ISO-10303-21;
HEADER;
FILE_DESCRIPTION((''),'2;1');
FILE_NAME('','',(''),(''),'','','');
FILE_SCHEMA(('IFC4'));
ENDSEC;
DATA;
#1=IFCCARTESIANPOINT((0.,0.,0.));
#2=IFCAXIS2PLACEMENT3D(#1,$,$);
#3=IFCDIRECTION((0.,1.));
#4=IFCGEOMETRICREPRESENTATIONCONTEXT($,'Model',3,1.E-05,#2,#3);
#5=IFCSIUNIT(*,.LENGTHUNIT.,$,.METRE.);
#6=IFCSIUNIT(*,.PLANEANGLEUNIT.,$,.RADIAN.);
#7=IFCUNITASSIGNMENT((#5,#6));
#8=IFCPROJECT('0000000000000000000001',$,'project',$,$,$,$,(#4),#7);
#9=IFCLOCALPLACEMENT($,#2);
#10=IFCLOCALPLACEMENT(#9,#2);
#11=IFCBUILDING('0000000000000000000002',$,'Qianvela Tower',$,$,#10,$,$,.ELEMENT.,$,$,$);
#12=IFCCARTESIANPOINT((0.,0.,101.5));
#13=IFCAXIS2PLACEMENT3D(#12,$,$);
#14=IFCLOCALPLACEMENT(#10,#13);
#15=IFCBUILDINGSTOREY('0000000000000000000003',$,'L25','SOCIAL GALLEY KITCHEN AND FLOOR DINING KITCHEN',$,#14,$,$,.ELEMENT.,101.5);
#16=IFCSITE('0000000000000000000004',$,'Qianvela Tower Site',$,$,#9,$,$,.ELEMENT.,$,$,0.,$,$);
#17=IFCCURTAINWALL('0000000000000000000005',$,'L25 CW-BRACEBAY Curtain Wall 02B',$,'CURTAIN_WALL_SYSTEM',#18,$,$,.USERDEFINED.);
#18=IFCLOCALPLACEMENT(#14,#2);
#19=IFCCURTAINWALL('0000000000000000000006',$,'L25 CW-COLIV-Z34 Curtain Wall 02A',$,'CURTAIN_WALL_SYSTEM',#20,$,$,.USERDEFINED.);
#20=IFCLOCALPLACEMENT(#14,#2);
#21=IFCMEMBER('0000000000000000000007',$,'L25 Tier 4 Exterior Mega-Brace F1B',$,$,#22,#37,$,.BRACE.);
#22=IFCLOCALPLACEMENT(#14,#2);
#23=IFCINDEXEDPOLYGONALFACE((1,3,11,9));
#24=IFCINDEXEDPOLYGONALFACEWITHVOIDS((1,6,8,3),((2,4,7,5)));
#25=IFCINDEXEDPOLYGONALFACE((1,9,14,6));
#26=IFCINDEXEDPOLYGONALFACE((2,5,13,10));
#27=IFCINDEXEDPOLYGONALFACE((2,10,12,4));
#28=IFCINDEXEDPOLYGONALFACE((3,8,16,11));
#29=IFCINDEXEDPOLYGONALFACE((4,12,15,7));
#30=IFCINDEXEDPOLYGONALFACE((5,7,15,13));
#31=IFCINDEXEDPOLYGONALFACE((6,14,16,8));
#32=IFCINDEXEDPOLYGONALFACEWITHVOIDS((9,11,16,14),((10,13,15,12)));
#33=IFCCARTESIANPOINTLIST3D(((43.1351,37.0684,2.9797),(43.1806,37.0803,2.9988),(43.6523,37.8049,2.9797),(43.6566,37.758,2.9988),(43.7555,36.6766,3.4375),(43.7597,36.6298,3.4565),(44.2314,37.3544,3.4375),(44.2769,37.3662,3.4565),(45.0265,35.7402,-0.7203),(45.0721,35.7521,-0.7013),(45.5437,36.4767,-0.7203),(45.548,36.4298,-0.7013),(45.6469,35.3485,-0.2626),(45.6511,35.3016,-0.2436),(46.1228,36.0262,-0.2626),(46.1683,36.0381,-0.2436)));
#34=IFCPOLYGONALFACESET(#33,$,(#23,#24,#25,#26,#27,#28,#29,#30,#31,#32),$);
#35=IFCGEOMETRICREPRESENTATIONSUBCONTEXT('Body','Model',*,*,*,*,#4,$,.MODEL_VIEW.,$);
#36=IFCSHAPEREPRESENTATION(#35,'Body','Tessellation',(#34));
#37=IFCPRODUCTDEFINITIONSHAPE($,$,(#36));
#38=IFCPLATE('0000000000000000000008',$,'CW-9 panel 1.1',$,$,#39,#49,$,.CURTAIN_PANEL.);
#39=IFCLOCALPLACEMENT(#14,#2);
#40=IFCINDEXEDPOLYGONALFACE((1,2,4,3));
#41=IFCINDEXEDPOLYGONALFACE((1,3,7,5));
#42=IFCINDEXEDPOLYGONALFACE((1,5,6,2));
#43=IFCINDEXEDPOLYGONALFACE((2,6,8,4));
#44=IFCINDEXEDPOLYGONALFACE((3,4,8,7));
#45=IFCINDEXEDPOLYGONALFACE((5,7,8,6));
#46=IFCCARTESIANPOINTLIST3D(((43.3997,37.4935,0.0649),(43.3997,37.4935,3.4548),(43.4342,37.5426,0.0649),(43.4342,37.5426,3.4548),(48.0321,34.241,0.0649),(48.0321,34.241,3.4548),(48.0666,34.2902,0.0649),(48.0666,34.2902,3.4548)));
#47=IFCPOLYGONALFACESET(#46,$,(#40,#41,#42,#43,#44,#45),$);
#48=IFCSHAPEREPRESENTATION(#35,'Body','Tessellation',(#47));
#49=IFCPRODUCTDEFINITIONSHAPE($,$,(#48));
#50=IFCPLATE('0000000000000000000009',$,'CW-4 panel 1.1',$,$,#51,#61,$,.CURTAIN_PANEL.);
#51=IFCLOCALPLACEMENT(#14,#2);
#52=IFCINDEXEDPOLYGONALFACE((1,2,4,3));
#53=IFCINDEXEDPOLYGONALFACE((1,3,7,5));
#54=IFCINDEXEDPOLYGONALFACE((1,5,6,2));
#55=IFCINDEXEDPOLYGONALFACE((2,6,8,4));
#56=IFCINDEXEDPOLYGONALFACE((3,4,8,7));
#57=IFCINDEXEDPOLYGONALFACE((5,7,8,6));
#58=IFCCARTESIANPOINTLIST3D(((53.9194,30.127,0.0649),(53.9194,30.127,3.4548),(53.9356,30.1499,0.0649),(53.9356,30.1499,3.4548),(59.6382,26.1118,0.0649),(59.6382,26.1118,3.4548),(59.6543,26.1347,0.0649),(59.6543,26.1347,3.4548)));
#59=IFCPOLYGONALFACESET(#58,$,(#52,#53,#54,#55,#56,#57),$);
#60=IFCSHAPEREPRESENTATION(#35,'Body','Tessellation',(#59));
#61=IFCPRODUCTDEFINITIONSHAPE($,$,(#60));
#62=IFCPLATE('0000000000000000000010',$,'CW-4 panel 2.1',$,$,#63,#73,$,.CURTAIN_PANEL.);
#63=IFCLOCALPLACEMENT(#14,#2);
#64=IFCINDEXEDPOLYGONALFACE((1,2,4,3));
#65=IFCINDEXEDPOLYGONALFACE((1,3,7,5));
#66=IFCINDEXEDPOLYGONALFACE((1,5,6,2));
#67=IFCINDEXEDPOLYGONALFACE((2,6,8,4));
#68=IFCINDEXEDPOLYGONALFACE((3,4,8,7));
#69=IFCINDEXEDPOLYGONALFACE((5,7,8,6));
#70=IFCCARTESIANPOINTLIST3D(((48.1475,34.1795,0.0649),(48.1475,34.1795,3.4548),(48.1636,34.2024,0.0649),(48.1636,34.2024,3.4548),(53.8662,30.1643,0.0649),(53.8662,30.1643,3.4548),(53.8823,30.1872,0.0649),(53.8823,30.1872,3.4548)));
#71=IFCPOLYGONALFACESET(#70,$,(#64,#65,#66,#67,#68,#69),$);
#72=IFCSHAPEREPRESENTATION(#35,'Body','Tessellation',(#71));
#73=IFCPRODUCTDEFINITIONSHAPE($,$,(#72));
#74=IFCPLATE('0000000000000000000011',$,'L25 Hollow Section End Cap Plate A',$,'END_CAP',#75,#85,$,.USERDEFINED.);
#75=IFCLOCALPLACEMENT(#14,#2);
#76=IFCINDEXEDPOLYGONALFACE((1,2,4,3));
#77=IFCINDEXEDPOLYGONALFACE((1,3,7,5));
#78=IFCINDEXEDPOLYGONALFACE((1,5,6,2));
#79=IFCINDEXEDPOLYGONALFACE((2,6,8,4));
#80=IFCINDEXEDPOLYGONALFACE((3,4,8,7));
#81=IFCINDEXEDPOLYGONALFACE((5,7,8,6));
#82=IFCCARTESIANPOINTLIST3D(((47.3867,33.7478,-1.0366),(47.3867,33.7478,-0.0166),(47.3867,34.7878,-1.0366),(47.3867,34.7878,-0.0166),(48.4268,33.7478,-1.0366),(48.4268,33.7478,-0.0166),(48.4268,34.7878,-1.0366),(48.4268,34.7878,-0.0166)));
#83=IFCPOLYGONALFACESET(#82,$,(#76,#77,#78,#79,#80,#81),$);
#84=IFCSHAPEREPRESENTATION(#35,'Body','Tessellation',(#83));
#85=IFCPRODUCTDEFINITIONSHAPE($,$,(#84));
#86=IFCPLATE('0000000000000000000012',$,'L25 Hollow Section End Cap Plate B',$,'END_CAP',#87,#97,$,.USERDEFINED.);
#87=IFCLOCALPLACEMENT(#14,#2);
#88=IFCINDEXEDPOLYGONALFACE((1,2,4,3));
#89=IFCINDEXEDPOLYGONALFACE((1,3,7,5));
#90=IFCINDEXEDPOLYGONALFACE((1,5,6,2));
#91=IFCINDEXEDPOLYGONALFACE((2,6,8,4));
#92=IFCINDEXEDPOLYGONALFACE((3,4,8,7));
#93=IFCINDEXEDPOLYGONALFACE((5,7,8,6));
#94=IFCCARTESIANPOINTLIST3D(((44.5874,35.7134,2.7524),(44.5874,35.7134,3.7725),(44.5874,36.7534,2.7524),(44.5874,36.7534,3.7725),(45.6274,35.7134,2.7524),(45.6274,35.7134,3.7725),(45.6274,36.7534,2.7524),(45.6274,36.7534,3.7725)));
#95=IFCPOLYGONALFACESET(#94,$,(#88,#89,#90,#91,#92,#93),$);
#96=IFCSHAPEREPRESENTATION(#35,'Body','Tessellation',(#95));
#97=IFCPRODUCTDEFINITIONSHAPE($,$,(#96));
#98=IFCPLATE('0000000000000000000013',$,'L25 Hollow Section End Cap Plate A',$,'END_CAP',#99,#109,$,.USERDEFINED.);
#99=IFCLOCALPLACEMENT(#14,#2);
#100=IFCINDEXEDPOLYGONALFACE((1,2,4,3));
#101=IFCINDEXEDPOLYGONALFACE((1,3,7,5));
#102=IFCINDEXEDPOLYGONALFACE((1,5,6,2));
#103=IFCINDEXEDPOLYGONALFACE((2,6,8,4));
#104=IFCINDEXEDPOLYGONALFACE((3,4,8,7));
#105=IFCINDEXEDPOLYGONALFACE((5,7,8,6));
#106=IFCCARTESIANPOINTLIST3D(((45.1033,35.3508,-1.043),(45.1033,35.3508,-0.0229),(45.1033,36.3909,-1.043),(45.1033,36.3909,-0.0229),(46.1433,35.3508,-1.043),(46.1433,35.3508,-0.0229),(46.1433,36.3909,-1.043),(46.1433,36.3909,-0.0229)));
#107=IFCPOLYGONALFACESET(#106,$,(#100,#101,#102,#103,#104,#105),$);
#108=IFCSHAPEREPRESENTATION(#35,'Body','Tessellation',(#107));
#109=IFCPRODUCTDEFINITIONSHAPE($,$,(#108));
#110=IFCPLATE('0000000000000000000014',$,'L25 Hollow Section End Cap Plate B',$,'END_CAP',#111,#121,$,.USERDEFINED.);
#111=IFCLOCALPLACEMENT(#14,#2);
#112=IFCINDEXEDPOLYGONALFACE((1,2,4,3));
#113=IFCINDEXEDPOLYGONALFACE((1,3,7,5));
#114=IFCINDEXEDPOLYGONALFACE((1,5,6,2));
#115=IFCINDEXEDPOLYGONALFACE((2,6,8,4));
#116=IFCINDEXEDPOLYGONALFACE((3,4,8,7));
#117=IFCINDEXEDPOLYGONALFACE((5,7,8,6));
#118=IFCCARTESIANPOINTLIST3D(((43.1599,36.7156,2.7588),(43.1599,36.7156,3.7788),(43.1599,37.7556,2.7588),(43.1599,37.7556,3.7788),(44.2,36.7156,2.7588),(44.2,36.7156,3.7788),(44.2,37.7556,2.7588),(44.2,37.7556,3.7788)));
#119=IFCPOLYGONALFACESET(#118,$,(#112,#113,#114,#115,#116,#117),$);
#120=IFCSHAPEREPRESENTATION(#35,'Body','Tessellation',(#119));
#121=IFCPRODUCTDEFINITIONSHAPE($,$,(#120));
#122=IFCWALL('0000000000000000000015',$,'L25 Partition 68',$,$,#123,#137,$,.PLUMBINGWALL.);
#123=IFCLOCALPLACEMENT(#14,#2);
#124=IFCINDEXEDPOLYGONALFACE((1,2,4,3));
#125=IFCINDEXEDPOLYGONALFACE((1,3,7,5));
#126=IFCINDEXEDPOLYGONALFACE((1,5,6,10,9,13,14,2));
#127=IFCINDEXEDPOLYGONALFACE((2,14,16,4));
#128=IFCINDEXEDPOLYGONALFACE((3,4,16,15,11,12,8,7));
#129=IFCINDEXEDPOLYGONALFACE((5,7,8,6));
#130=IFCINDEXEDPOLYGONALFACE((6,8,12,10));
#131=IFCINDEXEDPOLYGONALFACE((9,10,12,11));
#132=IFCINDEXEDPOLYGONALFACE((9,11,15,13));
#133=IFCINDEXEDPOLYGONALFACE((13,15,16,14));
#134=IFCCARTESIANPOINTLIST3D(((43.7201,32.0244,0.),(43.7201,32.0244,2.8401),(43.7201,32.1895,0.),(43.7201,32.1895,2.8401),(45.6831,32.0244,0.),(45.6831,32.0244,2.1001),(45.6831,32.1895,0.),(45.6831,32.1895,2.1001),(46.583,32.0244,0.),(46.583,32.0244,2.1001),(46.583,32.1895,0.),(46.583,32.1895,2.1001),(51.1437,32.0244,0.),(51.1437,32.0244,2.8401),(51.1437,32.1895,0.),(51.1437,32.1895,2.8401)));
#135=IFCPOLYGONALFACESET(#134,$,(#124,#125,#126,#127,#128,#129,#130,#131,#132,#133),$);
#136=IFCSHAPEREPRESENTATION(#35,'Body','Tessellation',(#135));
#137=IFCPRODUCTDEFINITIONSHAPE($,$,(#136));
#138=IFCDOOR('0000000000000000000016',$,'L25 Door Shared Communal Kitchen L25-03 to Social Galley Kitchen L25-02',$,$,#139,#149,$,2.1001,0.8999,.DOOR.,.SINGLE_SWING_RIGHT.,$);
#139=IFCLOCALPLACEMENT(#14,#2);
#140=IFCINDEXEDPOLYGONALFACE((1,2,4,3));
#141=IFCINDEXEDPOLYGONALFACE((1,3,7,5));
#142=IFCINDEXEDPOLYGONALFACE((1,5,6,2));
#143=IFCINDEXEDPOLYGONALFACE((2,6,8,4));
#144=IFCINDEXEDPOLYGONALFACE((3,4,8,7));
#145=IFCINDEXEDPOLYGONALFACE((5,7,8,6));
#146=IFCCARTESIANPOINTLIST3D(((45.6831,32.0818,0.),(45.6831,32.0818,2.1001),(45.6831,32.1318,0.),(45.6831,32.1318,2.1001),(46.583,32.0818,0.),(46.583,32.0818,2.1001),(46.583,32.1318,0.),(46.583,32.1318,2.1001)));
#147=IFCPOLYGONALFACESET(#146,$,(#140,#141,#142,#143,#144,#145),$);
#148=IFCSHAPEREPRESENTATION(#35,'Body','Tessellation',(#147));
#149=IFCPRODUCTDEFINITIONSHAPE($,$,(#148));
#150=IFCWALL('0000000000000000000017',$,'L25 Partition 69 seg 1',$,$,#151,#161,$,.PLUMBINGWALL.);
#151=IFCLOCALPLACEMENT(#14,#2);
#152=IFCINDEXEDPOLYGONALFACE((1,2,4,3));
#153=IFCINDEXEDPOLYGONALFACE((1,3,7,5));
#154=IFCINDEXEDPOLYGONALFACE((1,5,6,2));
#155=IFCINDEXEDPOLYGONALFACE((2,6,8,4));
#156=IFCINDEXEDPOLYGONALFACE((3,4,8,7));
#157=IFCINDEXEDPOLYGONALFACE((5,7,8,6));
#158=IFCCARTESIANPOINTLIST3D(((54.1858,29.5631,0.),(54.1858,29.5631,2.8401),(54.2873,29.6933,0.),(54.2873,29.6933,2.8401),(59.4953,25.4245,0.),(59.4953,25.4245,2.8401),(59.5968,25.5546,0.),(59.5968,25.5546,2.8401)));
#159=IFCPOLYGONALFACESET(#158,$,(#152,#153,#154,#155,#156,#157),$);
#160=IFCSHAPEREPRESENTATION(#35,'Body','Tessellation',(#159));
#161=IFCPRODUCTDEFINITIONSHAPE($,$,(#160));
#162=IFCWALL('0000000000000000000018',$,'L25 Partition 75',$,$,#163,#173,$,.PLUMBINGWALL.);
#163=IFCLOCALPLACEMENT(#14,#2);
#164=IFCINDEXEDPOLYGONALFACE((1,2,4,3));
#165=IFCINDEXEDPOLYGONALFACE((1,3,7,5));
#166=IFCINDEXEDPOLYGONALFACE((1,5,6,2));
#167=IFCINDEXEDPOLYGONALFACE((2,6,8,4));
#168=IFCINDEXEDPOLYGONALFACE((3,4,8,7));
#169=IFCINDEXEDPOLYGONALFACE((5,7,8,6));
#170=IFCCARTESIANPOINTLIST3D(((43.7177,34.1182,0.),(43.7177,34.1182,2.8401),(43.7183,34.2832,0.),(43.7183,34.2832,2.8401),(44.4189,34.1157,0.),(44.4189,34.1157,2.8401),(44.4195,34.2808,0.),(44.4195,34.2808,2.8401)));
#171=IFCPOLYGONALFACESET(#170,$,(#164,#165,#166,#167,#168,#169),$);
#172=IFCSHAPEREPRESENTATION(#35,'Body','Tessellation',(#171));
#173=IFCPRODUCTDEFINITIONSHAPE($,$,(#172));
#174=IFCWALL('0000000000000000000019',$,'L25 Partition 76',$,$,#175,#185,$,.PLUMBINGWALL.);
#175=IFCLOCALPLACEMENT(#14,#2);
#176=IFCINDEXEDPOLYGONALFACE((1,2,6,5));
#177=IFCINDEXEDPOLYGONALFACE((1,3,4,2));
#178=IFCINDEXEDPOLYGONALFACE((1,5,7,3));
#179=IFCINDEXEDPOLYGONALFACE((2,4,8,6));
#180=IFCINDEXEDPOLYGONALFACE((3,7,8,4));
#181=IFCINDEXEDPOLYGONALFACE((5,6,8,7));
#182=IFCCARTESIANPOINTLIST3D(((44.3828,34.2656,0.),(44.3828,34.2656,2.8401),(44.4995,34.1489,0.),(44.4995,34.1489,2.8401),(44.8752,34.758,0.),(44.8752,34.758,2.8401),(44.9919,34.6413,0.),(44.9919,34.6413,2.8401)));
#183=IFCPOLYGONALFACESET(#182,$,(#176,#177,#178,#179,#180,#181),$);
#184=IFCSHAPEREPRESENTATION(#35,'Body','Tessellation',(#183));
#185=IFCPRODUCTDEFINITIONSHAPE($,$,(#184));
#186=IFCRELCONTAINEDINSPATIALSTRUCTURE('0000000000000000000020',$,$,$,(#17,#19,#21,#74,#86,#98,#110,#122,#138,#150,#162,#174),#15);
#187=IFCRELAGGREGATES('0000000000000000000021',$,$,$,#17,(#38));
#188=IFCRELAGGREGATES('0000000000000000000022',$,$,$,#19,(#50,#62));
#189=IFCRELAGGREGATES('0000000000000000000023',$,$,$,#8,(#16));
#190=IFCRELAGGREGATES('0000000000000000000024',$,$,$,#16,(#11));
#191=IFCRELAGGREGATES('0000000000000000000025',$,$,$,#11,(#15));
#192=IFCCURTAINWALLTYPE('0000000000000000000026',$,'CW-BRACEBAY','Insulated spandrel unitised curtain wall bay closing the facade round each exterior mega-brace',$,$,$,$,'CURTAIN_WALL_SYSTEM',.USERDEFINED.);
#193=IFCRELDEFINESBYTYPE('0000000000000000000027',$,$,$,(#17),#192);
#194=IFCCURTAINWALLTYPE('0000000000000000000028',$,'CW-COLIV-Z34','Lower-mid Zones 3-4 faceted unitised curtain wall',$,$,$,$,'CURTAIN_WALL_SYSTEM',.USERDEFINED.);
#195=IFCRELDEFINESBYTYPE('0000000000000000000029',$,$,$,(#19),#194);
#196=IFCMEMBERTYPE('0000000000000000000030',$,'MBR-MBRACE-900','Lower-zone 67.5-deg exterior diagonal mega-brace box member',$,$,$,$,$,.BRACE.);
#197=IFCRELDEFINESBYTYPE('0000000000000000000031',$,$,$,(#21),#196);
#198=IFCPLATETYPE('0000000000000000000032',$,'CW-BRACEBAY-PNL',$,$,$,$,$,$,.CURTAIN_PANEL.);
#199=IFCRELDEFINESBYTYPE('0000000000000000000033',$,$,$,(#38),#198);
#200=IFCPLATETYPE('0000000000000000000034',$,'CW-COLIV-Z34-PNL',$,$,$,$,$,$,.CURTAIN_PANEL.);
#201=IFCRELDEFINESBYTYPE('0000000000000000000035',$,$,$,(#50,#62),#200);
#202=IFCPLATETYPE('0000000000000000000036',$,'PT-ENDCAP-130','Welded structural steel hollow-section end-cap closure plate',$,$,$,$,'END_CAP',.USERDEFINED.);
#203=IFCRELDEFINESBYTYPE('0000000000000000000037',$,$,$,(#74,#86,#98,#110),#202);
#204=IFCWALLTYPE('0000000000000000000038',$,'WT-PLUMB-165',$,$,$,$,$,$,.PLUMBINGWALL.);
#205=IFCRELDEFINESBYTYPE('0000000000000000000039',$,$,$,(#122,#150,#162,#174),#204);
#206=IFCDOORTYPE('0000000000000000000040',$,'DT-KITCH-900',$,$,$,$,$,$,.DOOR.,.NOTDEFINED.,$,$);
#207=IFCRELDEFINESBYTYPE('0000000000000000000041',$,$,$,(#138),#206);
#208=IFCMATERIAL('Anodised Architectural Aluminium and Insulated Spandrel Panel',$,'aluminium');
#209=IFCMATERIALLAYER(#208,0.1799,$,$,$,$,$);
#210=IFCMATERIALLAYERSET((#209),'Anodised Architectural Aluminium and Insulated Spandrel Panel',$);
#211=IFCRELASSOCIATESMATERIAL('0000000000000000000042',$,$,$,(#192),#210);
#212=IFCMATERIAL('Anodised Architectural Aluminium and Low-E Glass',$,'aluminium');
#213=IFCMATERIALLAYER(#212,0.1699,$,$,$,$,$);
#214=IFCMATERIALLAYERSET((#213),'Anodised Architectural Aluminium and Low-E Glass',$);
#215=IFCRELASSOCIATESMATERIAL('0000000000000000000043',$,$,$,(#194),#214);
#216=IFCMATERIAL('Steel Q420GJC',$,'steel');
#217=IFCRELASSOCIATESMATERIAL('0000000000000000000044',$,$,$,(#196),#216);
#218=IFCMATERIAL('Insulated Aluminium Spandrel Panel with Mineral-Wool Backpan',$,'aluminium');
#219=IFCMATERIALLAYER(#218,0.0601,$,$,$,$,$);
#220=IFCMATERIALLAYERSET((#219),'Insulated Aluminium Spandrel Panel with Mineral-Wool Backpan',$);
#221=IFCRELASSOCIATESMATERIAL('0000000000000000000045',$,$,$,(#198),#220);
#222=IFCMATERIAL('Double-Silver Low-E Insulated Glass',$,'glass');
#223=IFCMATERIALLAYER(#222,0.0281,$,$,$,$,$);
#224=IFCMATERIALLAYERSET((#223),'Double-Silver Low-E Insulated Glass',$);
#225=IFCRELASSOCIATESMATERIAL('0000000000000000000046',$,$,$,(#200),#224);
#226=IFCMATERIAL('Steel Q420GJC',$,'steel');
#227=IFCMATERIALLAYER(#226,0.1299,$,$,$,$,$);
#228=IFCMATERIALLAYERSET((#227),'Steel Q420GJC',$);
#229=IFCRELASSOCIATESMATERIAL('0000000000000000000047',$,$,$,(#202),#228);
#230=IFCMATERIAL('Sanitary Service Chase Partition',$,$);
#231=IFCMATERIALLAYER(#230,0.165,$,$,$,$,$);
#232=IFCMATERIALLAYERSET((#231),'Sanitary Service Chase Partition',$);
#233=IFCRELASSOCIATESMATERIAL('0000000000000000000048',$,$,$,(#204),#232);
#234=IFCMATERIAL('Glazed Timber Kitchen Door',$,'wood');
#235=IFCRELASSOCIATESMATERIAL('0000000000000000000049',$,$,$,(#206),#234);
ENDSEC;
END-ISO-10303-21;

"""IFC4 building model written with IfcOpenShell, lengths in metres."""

from ifc_helpers import new_model, si_unit, direction, frame, frame_2d, origin, origin_2d, place, context, subcontext, project, spatial, rectangle, hollow_rectangle, extrude, material, layer, layer_set, material_profile, profile_set, type_object, element, fill, aggregate, save


model = new_model("IFC4")

# Units and contexts
model_context = context("Model", 3, precision=1e-05, world=origin(), true_north=direction((0.0, 1.0)))
body_context = subcontext(model_context, "Body", "Model", "MODEL_VIEW")
ifc_project = project(units=[si_unit("LENGTHUNIT", "METRE"), si_unit("PLANEANGLEUNIT", "RADIAN")], contexts=[model_context])

# Site, building, storey
site_placement = place(None, origin())
site = spatial("IfcSite", under=ifc_project, at=site_placement, Name="Qianvela Tower Site", CompositionType="ELEMENT", RefElevation=0.0)
building_placement = place(site_placement, origin())
building = spatial("IfcBuilding", under=site, at=building_placement, Name="Qianvela Tower", CompositionType="ELEMENT")
storey_placement = place(building_placement, frame((0.0, 0.0, 101.5)))
storey = spatial("IfcBuildingStorey", under=building, at=storey_placement, Name="L25", Description="SOCIAL GALLEY KITCHEN AND FLOOR DINING KITCHEN", CompositionType="ELEMENT", Elevation=101.5)

# Curtain walls
ifc_material_1 = material(Name="Anodised Architectural Aluminium and Insulated Spandrel Panel", Category="aluminium")
ifc_layer_1 = layer(ifc_material_1, 0.1799)
ifc_layer_set_1 = layer_set([ifc_layer_1], Name="Anodised Architectural Aluminium and Insulated Spandrel Panel")
curtain_wall_type_1 = type_object("IfcCurtainWallType", Name="CW-BRACEBAY", Description="Insulated spandrel unitised curtain wall bay closing the facade round each exterior mega-brace", ElementType="CURTAIN_WALL_SYSTEM", PredefinedType="USERDEFINED", material=ifc_layer_set_1)
curtain_wall_1_placement = place(storey_placement, origin())
curtain_wall_1 = element("IfcCurtainWall", 1, at=curtain_wall_1_placement, inside=storey, type_object=curtain_wall_type_1, Name="L25 CW-BRACEBAY Curtain Wall 02B", ObjectType="CURTAIN_WALL_SYSTEM", PredefinedType="USERDEFINED")
ifc_material_2 = material(Name="Anodised Architectural Aluminium and Low-E Glass", Category="aluminium")
ifc_layer_2 = layer(ifc_material_2, 0.1699)
ifc_layer_set_2 = layer_set([ifc_layer_2], Name="Anodised Architectural Aluminium and Low-E Glass")
curtain_wall_type_2 = type_object("IfcCurtainWallType", Name="CW-COLIV-Z34", Description="Lower-mid Zones 3-4 faceted unitised curtain wall", ElementType="CURTAIN_WALL_SYSTEM", PredefinedType="USERDEFINED", material=ifc_layer_set_2)
curtain_wall_2_placement = place(storey_placement, origin())
curtain_wall_2 = element("IfcCurtainWall", 2, at=curtain_wall_2_placement, inside=storey, type_object=curtain_wall_type_2, Name="L25 CW-COLIV-Z34 Curtain Wall 02A", ObjectType="CURTAIN_WALL_SYSTEM", PredefinedType="USERDEFINED")

# Member
ifc_material_3 = material(Name="Steel Q420GJC", Category="steel")
ifc_material_profile_1 = material_profile(ifc_material_3, hollow_rectangle(XDim=0.8999, YDim=0.8999, WallThickness=0.0359, at=origin_2d()), Name="MBOX-900x900x36")
ifc_profile_set_1 = profile_set([ifc_material_profile_1], Name="Steel Q420GJC")
member_type_1 = type_object("IfcMemberType", Name="MBR-MBRACE-900", Description="Lower-zone 67.5-deg exterior diagonal mega-brace box member", PredefinedType="BRACE", material=ifc_profile_set_1)
member_1_placement = place(storey_placement, frame((45.5974, 35.8892, -0.4819), z_axis=(-0.433556, 0.304446, 0.84814), x_axis=(-0.574674, -0.818382, 0.0)))
element("IfcMember", 3, at=member_1_placement, inside=storey, type_object=member_type_1, Name="L25 Tier 4 Exterior Mega-Brace F1B", PredefinedType="BRACE", context=body_context, shape_type="SweptSolid", body=[
    extrude(hollow_rectangle(XDim=0.8999, YDim=0.8999, WallThickness=0.0359, at=origin_2d()), origin(), (0.0, 0.0, 1.0), 4.3625),
])

# Plates
ifc_material_4 = material(Name="Insulated Aluminium Spandrel Panel with Mineral-Wool Backpan", Category="aluminium")
ifc_layer_3 = layer(ifc_material_4, 0.0601)
ifc_layer_set_3 = layer_set([ifc_layer_3], Name="Insulated Aluminium Spandrel Panel with Mineral-Wool Backpan")
plate_type_1 = type_object("IfcPlateType", Name="CW-BRACEBAY-PNL", PredefinedType="CURTAIN_PANEL", material=ifc_layer_set_3)
plate_1_placement = place(storey_placement, frame((45.7332, 35.8918, 0.0649), z_axis=(0.0, 0.0, 1.0), x_axis=(-0.818419, 0.574622, 0.0)))
plate_1 = element("IfcPlate", 4, at=plate_1_placement, type_object=plate_type_1, Name="CW-9 panel 1.1", PredefinedType="CURTAIN_PANEL", context=body_context, shape_type="SweptSolid", body=[
    extrude(rectangle(XDim=5.6602, YDim=0.0601, at=origin_2d()), origin(), (0.0, 0.0, 1.0), 3.3899),
])
aggregate(curtain_wall_1, [plate_1])
ifc_material_5 = material(Name="Double-Silver Low-E Insulated Glass", Category="glass")
ifc_layer_4 = layer(ifc_material_5, 0.0281)
ifc_layer_set_4 = layer_set([ifc_layer_4], Name="Double-Silver Low-E Insulated Glass")
plate_type_2 = type_object("IfcPlateType", Name="CW-COLIV-Z34-PNL", PredefinedType="CURTAIN_PANEL", material=ifc_layer_set_4)
plate_2_placement = place(storey_placement, frame((56.7869, 28.1309, 0.0649), z_axis=(0.0, 0.0, 1.0), x_axis=(-0.818419, 0.574622, 0.0)))
plate_2 = element("IfcPlate", 5, at=plate_2_placement, type_object=plate_type_2, Name="CW-4 panel 1.1", PredefinedType="CURTAIN_PANEL", context=body_context, shape_type="SweptSolid", body=[
    extrude(rectangle(XDim=6.9875, YDim=0.0281, at=origin_2d()), origin(), (0.0, 0.0, 1.0), 3.3899),
])
plate_3_placement = place(storey_placement, frame((51.0149, 32.1833, 0.0649), z_axis=(0.0, 0.0, 1.0), x_axis=(-0.818419, 0.574622, 0.0)))
plate_3 = element("IfcPlate", 6, at=plate_3_placement, type_object=plate_type_2, Name="CW-4 panel 2.1", PredefinedType="CURTAIN_PANEL", context=body_context, shape_type="SweptSolid", body=[
    extrude(rectangle(XDim=6.9875, YDim=0.0281, at=origin_2d()), origin(), (0.0, 0.0, 1.0), 3.3899),
])
aggregate(curtain_wall_2, [plate_2, plate_3])

# Plates
ifc_material_6 = material(Name="Steel Q420GJC", Category="steel")
ifc_layer_5 = layer(ifc_material_6, 0.1299)
ifc_layer_set_5 = layer_set([ifc_layer_5], Name="Steel Q420GJC")
plate_type_3 = type_object("IfcPlateType", Name="PT-ENDCAP-130", Description="Welded structural steel hollow-section end-cap closure plate", ElementType="END_CAP", PredefinedType="USERDEFINED", material=ifc_layer_set_5)
for number, where, z_axis, x_axis, name in (
    (7, (47.9067, 34.2678, -1.0366), (0.0, 0.0, 1.0), (1.0, 0.0, 0.0), "L25 Hollow Section End Cap Plate A"),
    (8, (45.1074, 36.2334, 2.7524), (0.0, 0.0, 1.0), (1.0, 0.0, 0.0), "L25 Hollow Section End Cap Plate B"),
    (9, (45.6233, 35.8708, -1.043), (0.0, 0.0, 1.0), (1.0, 0.0, 0.0), "L25 Hollow Section End Cap Plate A"),
    (10, (43.6799, 37.2356, 2.7588), (0.0, 0.0, 1.0), (1.0, 0.0, 0.0), "L25 Hollow Section End Cap Plate B"),
):
    element("IfcPlate", number, at=place(storey_placement, frame(where, z_axis=z_axis, x_axis=x_axis)), inside=storey, type_object=plate_type_3, Name=name, ObjectType="END_CAP", PredefinedType="USERDEFINED", context=body_context, shape_type="SweptSolid", body=[
        extrude(rectangle(XDim=1.04, YDim=1.04, at=origin_2d()), origin(), (0.0, 0.0, 1.0), 1.02),
    ])

# Wall, opening, door
ifc_material_7 = material(Name="Sanitary Service Chase Partition")
ifc_layer_6 = layer(ifc_material_7, 0.165)
ifc_layer_set_6 = layer_set([ifc_layer_6], Name="Sanitary Service Chase Partition")
wall_type_1 = type_object("IfcWallType", Name="WT-PLUMB-165", PredefinedType="PLUMBINGWALL", material=ifc_layer_set_6)
wall_1_placement = place(storey_placement, frame((43.72, 32.1069, 0.0), z_axis=(0.0, 0.0, 1.0), x_axis=(1.0, 0.0, 0.0)))
wall_1 = element("IfcWall", 11, at=wall_1_placement, inside=storey, type_object=wall_type_1, Name="L25 Partition 68", PredefinedType="PLUMBINGWALL", context=body_context, shape_type="SweptSolid", body=[
    extrude(rectangle(XDim=7.4236, YDim=0.165, at=frame_2d((3.7119, 0.0))), origin(), (0.0, 0.0, 1.0), 2.8401),
])
opening_placement = place(wall_1_placement, frame((1.9631, 0.0, 0.0)))
opening = element("IfcOpeningElement", 12, at=opening_placement, cuts=wall_1, PredefinedType="OPENING", context=body_context, shape_type="SweptSolid", body=[
    extrude(rectangle(XDim=0.8999, YDim=2.1001, at=frame_2d((0.45, 1.05))), frame((0.0, 0.0925, 0.0), z_axis=(0.0, -1.0, 0.0), x_axis=(1.0, 0.0, 0.0)), (0.0, 0.0, 1.0), 0.1851),
])
ifc_material_8 = material(Name="Glazed Timber Kitchen Door", Category="wood")
door_type = type_object("IfcDoorType", Name="DT-KITCH-900", OperationType="NOTDEFINED", PredefinedType="DOOR", material=ifc_material_8)
door_placement = place(opening_placement, origin())
door = element("IfcDoor", 13, at=door_placement, inside=storey, type_object=door_type, Name="L25 Door Shared Communal Kitchen L25-03 to Social Galley Kitchen L25-02", OperationType="SINGLE_SWING_RIGHT", OverallHeight=2.1001, OverallWidth=0.8999, PredefinedType="DOOR", context=body_context, shape_type="SweptSolid", body=[
    extrude(rectangle(XDim=0.8999, YDim=2.1001, at=frame_2d((0.45, 1.05))), frame((0.0, 0.0249, 0.0), z_axis=(0.0, -1.0, 0.0), x_axis=(1.0, 0.0, 0.0)), (0.0, 0.0, 1.0), 0.05),
])
fill(opening, door)

# Walls
wall_2_placement = place(storey_placement, frame((54.2366, 29.6282, 0.0), z_axis=(0.0, 0.0, 1.0), x_axis=(0.788703, -0.614774, 0.0)))
element("IfcWall", 14, at=wall_2_placement, inside=storey, type_object=wall_type_1, Name="L25 Partition 69 seg 1", PredefinedType="PLUMBINGWALL", context=body_context, shape_type="SweptSolid", body=[
    extrude(rectangle(XDim=6.7319, YDim=0.165, at=frame_2d((3.366, 0.0))), origin(), (0.0, 0.0, 1.0), 2.8401),
])
wall_3_placement = place(storey_placement, frame((43.718, 34.2007, 0.0), z_axis=(0.0, 0.0, 1.0), x_axis=(0.999994, -0.003482, 0.0)))
element("IfcWall", 15, at=wall_3_placement, inside=storey, type_object=wall_type_1, Name="L25 Partition 75", PredefinedType="PLUMBINGWALL", context=body_context, shape_type="SweptSolid", body=[
    extrude(rectangle(XDim=0.7012, YDim=0.165, at=frame_2d((0.3506, 0.0))), origin(), (0.0, 0.0, 1.0), 2.8401),
])
wall_4_placement = place(storey_placement, frame((44.4412, 34.2073, 0.0), z_axis=(0.0, 0.0, 1.0), x_axis=(0.707107, 0.707107, 0.0)))
element("IfcWall", 16, at=wall_4_placement, inside=storey, type_object=wall_type_1, Name="L25 Partition 76", PredefinedType="PLUMBINGWALL", context=body_context, shape_type="SweptSolid", body=[
    extrude(rectangle(XDim=0.6963, YDim=0.165, at=frame_2d((0.3481, 0.0))), origin(), (0.0, 0.0, 1.0), 2.8401),
])

save(model, "model.ifc")
